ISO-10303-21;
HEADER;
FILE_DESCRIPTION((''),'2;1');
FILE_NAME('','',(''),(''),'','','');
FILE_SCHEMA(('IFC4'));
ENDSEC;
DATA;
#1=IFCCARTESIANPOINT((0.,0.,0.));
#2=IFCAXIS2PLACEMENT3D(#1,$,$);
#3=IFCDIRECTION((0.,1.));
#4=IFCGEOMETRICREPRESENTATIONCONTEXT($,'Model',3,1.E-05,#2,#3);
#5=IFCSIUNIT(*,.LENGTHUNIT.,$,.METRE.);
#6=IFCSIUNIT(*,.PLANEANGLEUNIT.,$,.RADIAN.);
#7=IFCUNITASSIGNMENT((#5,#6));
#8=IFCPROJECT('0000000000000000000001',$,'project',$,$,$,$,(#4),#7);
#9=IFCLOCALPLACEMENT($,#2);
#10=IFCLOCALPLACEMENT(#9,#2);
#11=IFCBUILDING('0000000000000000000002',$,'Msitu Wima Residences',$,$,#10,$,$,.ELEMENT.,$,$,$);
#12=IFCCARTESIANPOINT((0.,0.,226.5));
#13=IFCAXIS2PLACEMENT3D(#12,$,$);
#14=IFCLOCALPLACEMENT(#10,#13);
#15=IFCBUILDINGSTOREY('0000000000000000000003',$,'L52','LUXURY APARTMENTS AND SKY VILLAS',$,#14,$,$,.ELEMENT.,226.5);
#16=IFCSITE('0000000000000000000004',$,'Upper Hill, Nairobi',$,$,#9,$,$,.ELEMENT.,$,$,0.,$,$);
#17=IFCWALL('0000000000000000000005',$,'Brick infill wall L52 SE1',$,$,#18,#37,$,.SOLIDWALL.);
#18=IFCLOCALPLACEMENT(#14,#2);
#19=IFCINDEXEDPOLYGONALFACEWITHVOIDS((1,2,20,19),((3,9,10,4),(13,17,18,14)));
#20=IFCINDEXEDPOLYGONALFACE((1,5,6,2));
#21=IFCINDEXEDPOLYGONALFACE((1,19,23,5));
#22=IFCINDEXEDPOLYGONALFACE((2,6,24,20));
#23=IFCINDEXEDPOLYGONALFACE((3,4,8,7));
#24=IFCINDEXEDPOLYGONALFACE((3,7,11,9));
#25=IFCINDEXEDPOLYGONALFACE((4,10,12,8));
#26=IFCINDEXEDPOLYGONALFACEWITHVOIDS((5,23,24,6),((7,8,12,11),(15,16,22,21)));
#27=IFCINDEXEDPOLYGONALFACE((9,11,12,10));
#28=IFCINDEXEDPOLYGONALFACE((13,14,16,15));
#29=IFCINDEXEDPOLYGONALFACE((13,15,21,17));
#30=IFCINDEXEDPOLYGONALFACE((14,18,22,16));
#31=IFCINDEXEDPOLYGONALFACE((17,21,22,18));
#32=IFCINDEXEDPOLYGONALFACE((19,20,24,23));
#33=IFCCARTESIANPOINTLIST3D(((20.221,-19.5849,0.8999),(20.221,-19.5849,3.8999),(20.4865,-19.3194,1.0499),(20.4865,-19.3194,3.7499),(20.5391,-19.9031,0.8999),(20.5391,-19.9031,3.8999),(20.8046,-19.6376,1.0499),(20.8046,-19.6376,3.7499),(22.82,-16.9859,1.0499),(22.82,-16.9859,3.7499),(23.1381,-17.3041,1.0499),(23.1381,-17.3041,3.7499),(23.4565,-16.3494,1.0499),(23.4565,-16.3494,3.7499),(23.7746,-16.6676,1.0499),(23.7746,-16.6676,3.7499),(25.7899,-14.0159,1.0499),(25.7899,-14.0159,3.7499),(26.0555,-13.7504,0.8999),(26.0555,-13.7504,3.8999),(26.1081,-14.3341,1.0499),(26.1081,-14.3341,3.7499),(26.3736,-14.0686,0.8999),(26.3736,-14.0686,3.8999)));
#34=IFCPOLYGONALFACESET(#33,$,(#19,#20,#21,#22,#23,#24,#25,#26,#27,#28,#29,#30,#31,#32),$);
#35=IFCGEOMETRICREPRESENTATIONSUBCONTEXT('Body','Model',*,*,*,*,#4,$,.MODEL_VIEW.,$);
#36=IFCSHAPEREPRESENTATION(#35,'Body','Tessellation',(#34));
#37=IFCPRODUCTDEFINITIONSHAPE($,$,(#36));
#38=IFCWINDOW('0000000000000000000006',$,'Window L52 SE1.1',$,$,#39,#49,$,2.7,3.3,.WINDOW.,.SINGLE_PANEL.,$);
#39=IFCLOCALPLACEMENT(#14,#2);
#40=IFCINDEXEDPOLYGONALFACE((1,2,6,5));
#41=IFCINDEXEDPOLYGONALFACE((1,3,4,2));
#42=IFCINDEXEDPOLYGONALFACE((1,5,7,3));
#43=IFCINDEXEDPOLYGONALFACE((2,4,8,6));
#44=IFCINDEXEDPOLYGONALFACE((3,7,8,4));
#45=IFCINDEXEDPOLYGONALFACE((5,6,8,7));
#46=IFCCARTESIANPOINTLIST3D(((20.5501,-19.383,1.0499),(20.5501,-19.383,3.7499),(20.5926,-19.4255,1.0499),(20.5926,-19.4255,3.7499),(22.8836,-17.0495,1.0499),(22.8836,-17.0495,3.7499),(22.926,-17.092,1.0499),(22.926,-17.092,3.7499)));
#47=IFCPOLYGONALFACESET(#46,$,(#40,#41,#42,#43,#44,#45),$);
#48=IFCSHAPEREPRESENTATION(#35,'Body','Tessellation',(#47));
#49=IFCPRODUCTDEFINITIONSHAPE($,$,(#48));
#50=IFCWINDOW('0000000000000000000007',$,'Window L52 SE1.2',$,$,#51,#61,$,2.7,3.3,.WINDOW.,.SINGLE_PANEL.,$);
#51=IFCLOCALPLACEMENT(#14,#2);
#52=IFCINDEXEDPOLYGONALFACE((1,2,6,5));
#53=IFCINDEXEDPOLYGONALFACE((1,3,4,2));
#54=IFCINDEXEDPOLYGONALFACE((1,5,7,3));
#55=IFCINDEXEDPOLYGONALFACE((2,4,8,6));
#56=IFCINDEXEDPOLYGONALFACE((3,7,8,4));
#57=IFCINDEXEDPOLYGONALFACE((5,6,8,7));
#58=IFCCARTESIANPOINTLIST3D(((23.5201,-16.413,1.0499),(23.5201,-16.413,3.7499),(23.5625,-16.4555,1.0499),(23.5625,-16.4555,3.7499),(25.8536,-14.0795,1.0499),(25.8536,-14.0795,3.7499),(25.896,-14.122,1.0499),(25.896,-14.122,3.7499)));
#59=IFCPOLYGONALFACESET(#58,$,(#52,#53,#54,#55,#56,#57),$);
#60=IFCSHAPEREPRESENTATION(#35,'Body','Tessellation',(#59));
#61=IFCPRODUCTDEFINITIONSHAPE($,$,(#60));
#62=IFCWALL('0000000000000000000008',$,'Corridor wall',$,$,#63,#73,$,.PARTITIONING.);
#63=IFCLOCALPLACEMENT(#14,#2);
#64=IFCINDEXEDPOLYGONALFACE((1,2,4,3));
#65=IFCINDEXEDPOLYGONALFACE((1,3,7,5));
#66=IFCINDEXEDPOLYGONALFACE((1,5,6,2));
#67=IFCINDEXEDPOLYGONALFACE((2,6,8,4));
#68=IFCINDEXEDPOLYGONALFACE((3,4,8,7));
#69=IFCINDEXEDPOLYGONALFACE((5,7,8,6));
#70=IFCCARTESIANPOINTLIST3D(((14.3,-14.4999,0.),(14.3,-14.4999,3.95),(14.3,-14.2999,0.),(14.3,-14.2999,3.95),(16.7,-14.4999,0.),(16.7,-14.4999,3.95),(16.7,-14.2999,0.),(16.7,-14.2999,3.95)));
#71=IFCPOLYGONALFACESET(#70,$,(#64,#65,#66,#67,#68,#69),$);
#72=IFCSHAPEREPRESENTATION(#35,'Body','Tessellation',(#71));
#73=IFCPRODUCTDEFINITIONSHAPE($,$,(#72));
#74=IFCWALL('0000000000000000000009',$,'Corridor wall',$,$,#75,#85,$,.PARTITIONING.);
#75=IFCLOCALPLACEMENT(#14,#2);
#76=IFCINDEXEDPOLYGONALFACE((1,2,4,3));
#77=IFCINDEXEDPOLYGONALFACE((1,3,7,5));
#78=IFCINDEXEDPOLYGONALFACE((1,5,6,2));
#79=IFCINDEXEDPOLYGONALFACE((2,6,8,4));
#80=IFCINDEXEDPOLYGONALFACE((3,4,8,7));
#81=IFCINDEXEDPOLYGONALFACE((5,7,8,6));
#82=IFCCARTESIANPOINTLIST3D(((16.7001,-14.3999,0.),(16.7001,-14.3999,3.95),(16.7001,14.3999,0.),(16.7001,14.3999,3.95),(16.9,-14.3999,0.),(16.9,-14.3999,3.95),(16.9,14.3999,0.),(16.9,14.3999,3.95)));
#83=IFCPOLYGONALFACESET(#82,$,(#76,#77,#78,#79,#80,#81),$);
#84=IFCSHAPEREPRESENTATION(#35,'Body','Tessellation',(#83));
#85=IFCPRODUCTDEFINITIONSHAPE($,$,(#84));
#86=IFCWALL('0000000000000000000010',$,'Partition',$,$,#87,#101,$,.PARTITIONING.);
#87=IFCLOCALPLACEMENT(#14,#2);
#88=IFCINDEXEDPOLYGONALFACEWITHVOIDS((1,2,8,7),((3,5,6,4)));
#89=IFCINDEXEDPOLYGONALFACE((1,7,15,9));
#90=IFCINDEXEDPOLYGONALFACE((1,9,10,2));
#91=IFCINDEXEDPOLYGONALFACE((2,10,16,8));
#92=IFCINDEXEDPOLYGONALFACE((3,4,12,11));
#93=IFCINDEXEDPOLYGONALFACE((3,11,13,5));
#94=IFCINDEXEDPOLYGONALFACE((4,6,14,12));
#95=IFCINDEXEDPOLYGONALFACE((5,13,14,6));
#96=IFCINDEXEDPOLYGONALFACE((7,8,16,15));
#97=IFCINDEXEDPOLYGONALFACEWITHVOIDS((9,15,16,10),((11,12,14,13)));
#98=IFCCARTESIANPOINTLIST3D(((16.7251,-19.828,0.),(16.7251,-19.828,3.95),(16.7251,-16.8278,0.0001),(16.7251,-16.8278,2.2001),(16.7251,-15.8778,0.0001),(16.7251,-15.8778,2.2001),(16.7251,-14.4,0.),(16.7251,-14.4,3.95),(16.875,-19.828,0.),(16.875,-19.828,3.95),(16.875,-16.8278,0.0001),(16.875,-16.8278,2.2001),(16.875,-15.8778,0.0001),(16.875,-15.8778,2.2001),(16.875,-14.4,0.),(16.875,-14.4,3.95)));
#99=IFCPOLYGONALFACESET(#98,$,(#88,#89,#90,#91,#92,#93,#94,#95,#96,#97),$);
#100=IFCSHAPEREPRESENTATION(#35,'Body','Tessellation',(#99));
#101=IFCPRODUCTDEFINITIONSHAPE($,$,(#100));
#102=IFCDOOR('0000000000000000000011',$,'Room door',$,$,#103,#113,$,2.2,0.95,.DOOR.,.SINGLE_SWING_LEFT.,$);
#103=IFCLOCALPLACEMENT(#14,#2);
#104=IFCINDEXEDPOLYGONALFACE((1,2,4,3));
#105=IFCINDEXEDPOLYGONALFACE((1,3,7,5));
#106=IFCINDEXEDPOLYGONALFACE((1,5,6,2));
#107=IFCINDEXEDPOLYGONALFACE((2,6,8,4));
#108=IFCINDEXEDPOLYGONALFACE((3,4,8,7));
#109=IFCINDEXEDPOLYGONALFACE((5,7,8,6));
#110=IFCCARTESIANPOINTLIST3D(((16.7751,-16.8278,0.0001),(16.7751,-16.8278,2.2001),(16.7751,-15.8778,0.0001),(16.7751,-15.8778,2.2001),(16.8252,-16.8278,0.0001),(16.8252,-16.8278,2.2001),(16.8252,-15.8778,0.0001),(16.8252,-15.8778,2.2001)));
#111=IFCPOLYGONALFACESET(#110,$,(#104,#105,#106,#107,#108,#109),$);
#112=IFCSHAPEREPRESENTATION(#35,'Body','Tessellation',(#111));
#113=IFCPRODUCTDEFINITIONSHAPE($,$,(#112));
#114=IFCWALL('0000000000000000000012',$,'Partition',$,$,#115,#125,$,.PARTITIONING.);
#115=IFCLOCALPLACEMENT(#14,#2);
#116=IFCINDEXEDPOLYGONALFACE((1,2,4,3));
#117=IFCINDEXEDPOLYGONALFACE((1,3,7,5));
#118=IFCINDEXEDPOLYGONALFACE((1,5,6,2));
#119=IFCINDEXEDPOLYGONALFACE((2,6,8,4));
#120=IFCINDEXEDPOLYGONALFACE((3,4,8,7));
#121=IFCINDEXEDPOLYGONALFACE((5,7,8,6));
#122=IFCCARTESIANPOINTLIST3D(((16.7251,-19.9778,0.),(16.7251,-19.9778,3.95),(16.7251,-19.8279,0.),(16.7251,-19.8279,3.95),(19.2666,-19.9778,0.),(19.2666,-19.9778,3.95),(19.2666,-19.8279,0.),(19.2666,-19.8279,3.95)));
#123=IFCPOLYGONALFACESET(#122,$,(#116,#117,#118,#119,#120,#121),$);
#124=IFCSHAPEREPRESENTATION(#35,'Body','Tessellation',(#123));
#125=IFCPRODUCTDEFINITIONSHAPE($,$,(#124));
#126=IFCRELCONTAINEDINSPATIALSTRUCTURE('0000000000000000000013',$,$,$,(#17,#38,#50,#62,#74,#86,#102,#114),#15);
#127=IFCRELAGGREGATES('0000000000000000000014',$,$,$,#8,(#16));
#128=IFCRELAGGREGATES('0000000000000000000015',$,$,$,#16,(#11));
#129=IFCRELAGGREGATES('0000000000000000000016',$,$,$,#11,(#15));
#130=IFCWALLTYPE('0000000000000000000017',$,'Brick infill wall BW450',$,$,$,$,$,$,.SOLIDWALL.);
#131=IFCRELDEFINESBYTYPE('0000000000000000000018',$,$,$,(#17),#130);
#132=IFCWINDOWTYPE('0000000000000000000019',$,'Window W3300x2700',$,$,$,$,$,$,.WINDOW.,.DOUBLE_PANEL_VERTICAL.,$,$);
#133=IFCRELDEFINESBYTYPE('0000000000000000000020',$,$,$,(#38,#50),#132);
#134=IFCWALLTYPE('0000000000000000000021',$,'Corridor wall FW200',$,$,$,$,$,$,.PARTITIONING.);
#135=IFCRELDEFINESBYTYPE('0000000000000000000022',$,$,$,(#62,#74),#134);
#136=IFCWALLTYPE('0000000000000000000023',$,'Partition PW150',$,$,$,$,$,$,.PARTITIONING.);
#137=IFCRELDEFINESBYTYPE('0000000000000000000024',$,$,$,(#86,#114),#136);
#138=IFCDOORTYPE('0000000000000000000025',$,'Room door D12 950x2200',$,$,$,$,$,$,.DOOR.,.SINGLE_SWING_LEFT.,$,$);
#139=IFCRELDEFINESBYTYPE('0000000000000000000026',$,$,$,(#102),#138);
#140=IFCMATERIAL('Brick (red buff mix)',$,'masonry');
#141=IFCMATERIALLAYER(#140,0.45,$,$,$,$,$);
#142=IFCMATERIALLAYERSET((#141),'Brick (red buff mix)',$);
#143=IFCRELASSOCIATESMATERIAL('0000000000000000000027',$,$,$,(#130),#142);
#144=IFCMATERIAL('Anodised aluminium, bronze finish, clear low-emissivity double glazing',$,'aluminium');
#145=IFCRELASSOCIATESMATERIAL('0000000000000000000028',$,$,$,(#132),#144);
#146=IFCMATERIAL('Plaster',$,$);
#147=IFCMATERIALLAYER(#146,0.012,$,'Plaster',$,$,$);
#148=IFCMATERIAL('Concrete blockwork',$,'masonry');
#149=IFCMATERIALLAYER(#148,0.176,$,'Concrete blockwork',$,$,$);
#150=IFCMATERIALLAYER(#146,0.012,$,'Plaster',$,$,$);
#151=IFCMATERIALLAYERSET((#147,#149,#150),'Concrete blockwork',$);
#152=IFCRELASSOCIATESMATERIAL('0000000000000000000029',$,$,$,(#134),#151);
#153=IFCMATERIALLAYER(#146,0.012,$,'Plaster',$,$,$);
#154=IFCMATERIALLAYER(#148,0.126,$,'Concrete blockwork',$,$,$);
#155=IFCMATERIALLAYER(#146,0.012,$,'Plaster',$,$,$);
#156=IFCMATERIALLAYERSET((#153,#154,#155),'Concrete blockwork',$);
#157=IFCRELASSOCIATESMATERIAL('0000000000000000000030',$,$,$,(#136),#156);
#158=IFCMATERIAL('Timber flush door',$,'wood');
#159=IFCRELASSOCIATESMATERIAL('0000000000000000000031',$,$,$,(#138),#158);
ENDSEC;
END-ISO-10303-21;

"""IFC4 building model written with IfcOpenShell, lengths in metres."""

from ifc_helpers import new_model, si_unit, direction, frame, frame_2d, origin, place, context, subcontext, project, spatial, rectangle, extrude, material, layer, layer_set, type_object, element, fill, save


model = new_model("IFC4")

# Units and contexts
model_context = context("Model", 3, precision=1e-05, world=origin(), true_north=direction((0.0, 1.0)))
body_context = subcontext(model_context, "Body", "Model", "MODEL_VIEW")
ifc_project = project(units=[si_unit("LENGTHUNIT", "METRE"), si_unit("PLANEANGLEUNIT", "RADIAN")], contexts=[model_context])

# Site, building, storey
site_placement = place(None, origin())
site = spatial("IfcSite", under=ifc_project, at=site_placement, Name="Upper Hill, Nairobi", CompositionType="ELEMENT", RefElevation=0.0)
building_placement = place(site_placement, origin())
building = spatial("IfcBuilding", under=site, at=building_placement, Name="Msitu Wima Residences", CompositionType="ELEMENT")
storey_placement = place(building_placement, frame((0.0, 0.0, 226.5)))
storey = spatial("IfcBuildingStorey", under=building, at=storey_placement, Name="L52", Description="LUXURY APARTMENTS AND SKY VILLAS", CompositionType="ELEMENT", Elevation=226.5)

# Shared definitions
ifc_material_1 = material(Name="Brick (red buff mix)", Category="masonry")
ifc_layer_1 = layer(ifc_material_1, 0.45)
ifc_layer_set_1 = layer_set([ifc_layer_1], Name="Brick (red buff mix)")
wall_type_1 = type_object("IfcWallType", Name="Brick infill wall BW450", PredefinedType="SOLIDWALL", material=ifc_layer_set_1)
ifc_material_2 = material(Name="Anodised aluminium, bronze finish, clear low-emissivity double glazing", Category="aluminium")
window_type = type_object("IfcWindowType", Name="Window W3300x2700", PartitioningType="DOUBLE_PANEL_VERTICAL", PredefinedType="WINDOW", material=ifc_material_2)

# Wall, openings, windows
wall_1_placement = place(storey_placement, frame((20.3801, -19.7439, 0.8999), z_axis=(0.0, 0.0, 1.0), x_axis=(0.707107, 0.707107, 0.0)))
wall_1 = element("IfcWall", 1, at=wall_1_placement, inside=storey, type_object=wall_type_1, Name="Brick infill wall L52 SE1", PredefinedType="SOLIDWALL", context=body_context, shape_type="SweptSolid", body=[
    extrude(rectangle(XDim=8.2512, YDim=0.45, at=frame_2d((4.1255, 0.0))), origin(), (0.0, 0.0, 1.0), 3.0),
])
opening_1_placement = place(wall_1_placement, frame((0.3755, 0.0, 0.1499)))
opening_1 = element("IfcOpeningElement", 2, at=opening_1_placement, cuts=wall_1, PredefinedType="OPENING", context=body_context, shape_type="SweptSolid", body=[
    extrude(rectangle(XDim=3.3, YDim=2.7, at=frame_2d((1.6499, 1.3501))), frame((0.0, 0.2349, 0.0), z_axis=(0.0, -1.0, 0.0), x_axis=(1.0, 0.0, 0.0)), (0.0, 0.0, 1.0), 0.47),
])
opening_2_placement = place(wall_1_placement, frame((4.5757, 0.0, 0.1499)))
opening_2 = element("IfcOpeningElement", 3, at=opening_2_placement, cuts=wall_1, PredefinedType="OPENING", context=body_context, shape_type="SweptSolid", body=[
    extrude(rectangle(XDim=3.3, YDim=2.7, at=frame_2d((1.6499, 1.3501))), frame((0.0, 0.2349, 0.0), z_axis=(0.0, -1.0, 0.0), x_axis=(1.0, 0.0, 0.0)), (0.0, 0.0, 1.0), 0.47),
])
window_1_placement = place(opening_1_placement, origin())
window_1 = element("IfcWindow", 4, at=window_1_placement, inside=storey, type_object=window_type, Name="Window L52 SE1.1", OverallHeight=2.7, OverallWidth=3.3, PartitioningType="SINGLE_PANEL", PredefinedType="WINDOW", context=body_context, shape_type="SweptSolid", body=[
    extrude(rectangle(XDim=3.3, YDim=2.7, at=frame_2d((1.6499, 1.3501))), frame((0.0, 0.135, 0.0), z_axis=(0.0, -1.0, 0.0), x_axis=(1.0, 0.0, 0.0)), (0.0, 0.0, 1.0), 0.0601),
])
fill(opening_1, window_1)
window_2_placement = place(opening_2_placement, origin())
window_2 = element("IfcWindow", 5, at=window_2_placement, inside=storey, type_object=window_type, Name="Window L52 SE1.2", OverallHeight=2.7, OverallWidth=3.3, PartitioningType="SINGLE_PANEL", PredefinedType="WINDOW", context=body_context, shape_type="SweptSolid", body=[
    extrude(rectangle(XDim=3.3, YDim=2.7, at=frame_2d((1.6499, 1.3501))), frame((0.0, 0.135, 0.0), z_axis=(0.0, -1.0, 0.0), x_axis=(1.0, 0.0, 0.0)), (0.0, 0.0, 1.0), 0.0601),
])
fill(opening_2, window_2)

# Shared definitions
ifc_material_3 = material(Name="Plaster")
ifc_layer_2 = layer(ifc_material_3, 0.012, Name="Plaster")
ifc_material_4 = material(Name="Concrete blockwork", Category="masonry")
ifc_layer_3 = layer(ifc_material_4, 0.176, Name="Concrete blockwork")
ifc_layer_4 = layer(ifc_material_3, 0.012, Name="Plaster")
ifc_layer_set_2 = layer_set([ifc_layer_2, ifc_layer_3, ifc_layer_4], Name="Concrete blockwork")
wall_type_2 = type_object("IfcWallType", Name="Corridor wall FW200", PredefinedType="PARTITIONING", material=ifc_layer_set_2)

# Walls
wall_2_placement = place(storey_placement, frame((14.3, -14.3999, 0.0), z_axis=(0.0, 0.0, 1.0), x_axis=(1.0, 0.0, 0.0)))
element("IfcWall", 6, at=wall_2_placement, inside=storey, type_object=wall_type_2, Name="Corridor wall", PredefinedType="PARTITIONING", context=body_context, shape_type="SweptSolid", body=[
    extrude(rectangle(XDim=2.3999, YDim=0.2, at=frame_2d((1.2, 0.0))), origin(), (0.0, 0.0, 1.0), 3.95),
])
wall_3_placement = place(storey_placement, frame((16.8, -14.3999, 0.0), z_axis=(0.0, 0.0, 1.0), x_axis=(0.0, 1.0, 0.0)))
element("IfcWall", 7, at=wall_3_placement, inside=storey, type_object=wall_type_2, Name="Corridor wall", PredefinedType="PARTITIONING", context=body_context, shape_type="SweptSolid", body=[
    extrude(rectangle(XDim=28.7998, YDim=0.2, at=frame_2d((14.3999, 0.0))), origin(), (0.0, 0.0, 1.0), 3.95),
])

# Wall, opening, door
ifc_layer_5 = layer(ifc_material_3, 0.012, Name="Plaster")
ifc_layer_6 = layer(ifc_material_4, 0.126, Name="Concrete blockwork")
ifc_layer_7 = layer(ifc_material_3, 0.012, Name="Plaster")
ifc_layer_set_3 = layer_set([ifc_layer_5, ifc_layer_6, ifc_layer_7], Name="Concrete blockwork")
wall_type_3 = type_object("IfcWallType", Name="Partition PW150", PredefinedType="PARTITIONING", material=ifc_layer_set_3)
wall_4_placement = place(storey_placement, frame((16.8, -19.8279, 0.0), z_axis=(0.0, 0.0, 1.0), x_axis=(0.0, 1.0, 0.0)))
wall_4 = element("IfcWall", 8, at=wall_4_placement, inside=storey, type_object=wall_type_3, Name="Partition", PredefinedType="PARTITIONING", context=body_context, shape_type="SweptSolid", body=[
    extrude(rectangle(XDim=5.428, YDim=0.1499, at=frame_2d((2.7139, 0.0))), origin(), (0.0, 0.0, 1.0), 3.95),
])
opening_3_placement = place(wall_4_placement, frame((3.0, 0.0, 0.0)))
opening_3 = element("IfcOpeningElement", 9, at=opening_3_placement, cuts=wall_4, PredefinedType="OPENING", context=body_context, shape_type="SweptSolid", body=[
    extrude(rectangle(XDim=0.95, YDim=2.2, at=frame_2d((0.4751, 1.1001))), frame((0.0, 0.085, 0.0), z_axis=(0.0, -1.0, 0.0), x_axis=(1.0, 0.0, 0.0)), (0.0, 0.0, 1.0), 0.1699),
])
ifc_material_5 = material(Name="Timber flush door", Category="wood")
door_type_1 = type_object("IfcDoorType", Name="Room door D12 950x2200", OperationType="SINGLE_SWING_LEFT", PredefinedType="DOOR", material=ifc_material_5)
door_1_placement = place(opening_3_placement, origin())
door_1 = element("IfcDoor", 10, at=door_1_placement, inside=storey, type_object=door_type_1, Name="Room door", OperationType="SINGLE_SWING_LEFT", OverallHeight=2.2, OverallWidth=0.95, PredefinedType="DOOR", context=body_context, shape_type="SweptSolid", body=[
    extrude(rectangle(XDim=0.95, YDim=2.2, at=frame_2d((0.4751, 1.1001))), frame((0.0, 0.0249, 0.0), z_axis=(0.0, -1.0, 0.0), x_axis=(1.0, 0.0, 0.0)), (0.0, 0.0, 1.0), 0.05),
])
fill(opening_3, door_1)

# Wall
wall_5_placement = place(storey_placement, frame((16.7251, -19.9028, 0.0), z_axis=(0.0, 0.0, 1.0), x_axis=(1.0, 0.0, 0.0)))
element("IfcWall", 11, at=wall_5_placement, inside=storey, type_object=wall_type_3, Name="Partition", PredefinedType="PARTITIONING", context=body_context, shape_type="SweptSolid", body=[
    extrude(rectangle(XDim=2.5415, YDim=0.1499, at=frame_2d((1.2708, 0.0))), origin(), (0.0, 0.0, 1.0), 3.95),
])

save(model, "model.ifc")
